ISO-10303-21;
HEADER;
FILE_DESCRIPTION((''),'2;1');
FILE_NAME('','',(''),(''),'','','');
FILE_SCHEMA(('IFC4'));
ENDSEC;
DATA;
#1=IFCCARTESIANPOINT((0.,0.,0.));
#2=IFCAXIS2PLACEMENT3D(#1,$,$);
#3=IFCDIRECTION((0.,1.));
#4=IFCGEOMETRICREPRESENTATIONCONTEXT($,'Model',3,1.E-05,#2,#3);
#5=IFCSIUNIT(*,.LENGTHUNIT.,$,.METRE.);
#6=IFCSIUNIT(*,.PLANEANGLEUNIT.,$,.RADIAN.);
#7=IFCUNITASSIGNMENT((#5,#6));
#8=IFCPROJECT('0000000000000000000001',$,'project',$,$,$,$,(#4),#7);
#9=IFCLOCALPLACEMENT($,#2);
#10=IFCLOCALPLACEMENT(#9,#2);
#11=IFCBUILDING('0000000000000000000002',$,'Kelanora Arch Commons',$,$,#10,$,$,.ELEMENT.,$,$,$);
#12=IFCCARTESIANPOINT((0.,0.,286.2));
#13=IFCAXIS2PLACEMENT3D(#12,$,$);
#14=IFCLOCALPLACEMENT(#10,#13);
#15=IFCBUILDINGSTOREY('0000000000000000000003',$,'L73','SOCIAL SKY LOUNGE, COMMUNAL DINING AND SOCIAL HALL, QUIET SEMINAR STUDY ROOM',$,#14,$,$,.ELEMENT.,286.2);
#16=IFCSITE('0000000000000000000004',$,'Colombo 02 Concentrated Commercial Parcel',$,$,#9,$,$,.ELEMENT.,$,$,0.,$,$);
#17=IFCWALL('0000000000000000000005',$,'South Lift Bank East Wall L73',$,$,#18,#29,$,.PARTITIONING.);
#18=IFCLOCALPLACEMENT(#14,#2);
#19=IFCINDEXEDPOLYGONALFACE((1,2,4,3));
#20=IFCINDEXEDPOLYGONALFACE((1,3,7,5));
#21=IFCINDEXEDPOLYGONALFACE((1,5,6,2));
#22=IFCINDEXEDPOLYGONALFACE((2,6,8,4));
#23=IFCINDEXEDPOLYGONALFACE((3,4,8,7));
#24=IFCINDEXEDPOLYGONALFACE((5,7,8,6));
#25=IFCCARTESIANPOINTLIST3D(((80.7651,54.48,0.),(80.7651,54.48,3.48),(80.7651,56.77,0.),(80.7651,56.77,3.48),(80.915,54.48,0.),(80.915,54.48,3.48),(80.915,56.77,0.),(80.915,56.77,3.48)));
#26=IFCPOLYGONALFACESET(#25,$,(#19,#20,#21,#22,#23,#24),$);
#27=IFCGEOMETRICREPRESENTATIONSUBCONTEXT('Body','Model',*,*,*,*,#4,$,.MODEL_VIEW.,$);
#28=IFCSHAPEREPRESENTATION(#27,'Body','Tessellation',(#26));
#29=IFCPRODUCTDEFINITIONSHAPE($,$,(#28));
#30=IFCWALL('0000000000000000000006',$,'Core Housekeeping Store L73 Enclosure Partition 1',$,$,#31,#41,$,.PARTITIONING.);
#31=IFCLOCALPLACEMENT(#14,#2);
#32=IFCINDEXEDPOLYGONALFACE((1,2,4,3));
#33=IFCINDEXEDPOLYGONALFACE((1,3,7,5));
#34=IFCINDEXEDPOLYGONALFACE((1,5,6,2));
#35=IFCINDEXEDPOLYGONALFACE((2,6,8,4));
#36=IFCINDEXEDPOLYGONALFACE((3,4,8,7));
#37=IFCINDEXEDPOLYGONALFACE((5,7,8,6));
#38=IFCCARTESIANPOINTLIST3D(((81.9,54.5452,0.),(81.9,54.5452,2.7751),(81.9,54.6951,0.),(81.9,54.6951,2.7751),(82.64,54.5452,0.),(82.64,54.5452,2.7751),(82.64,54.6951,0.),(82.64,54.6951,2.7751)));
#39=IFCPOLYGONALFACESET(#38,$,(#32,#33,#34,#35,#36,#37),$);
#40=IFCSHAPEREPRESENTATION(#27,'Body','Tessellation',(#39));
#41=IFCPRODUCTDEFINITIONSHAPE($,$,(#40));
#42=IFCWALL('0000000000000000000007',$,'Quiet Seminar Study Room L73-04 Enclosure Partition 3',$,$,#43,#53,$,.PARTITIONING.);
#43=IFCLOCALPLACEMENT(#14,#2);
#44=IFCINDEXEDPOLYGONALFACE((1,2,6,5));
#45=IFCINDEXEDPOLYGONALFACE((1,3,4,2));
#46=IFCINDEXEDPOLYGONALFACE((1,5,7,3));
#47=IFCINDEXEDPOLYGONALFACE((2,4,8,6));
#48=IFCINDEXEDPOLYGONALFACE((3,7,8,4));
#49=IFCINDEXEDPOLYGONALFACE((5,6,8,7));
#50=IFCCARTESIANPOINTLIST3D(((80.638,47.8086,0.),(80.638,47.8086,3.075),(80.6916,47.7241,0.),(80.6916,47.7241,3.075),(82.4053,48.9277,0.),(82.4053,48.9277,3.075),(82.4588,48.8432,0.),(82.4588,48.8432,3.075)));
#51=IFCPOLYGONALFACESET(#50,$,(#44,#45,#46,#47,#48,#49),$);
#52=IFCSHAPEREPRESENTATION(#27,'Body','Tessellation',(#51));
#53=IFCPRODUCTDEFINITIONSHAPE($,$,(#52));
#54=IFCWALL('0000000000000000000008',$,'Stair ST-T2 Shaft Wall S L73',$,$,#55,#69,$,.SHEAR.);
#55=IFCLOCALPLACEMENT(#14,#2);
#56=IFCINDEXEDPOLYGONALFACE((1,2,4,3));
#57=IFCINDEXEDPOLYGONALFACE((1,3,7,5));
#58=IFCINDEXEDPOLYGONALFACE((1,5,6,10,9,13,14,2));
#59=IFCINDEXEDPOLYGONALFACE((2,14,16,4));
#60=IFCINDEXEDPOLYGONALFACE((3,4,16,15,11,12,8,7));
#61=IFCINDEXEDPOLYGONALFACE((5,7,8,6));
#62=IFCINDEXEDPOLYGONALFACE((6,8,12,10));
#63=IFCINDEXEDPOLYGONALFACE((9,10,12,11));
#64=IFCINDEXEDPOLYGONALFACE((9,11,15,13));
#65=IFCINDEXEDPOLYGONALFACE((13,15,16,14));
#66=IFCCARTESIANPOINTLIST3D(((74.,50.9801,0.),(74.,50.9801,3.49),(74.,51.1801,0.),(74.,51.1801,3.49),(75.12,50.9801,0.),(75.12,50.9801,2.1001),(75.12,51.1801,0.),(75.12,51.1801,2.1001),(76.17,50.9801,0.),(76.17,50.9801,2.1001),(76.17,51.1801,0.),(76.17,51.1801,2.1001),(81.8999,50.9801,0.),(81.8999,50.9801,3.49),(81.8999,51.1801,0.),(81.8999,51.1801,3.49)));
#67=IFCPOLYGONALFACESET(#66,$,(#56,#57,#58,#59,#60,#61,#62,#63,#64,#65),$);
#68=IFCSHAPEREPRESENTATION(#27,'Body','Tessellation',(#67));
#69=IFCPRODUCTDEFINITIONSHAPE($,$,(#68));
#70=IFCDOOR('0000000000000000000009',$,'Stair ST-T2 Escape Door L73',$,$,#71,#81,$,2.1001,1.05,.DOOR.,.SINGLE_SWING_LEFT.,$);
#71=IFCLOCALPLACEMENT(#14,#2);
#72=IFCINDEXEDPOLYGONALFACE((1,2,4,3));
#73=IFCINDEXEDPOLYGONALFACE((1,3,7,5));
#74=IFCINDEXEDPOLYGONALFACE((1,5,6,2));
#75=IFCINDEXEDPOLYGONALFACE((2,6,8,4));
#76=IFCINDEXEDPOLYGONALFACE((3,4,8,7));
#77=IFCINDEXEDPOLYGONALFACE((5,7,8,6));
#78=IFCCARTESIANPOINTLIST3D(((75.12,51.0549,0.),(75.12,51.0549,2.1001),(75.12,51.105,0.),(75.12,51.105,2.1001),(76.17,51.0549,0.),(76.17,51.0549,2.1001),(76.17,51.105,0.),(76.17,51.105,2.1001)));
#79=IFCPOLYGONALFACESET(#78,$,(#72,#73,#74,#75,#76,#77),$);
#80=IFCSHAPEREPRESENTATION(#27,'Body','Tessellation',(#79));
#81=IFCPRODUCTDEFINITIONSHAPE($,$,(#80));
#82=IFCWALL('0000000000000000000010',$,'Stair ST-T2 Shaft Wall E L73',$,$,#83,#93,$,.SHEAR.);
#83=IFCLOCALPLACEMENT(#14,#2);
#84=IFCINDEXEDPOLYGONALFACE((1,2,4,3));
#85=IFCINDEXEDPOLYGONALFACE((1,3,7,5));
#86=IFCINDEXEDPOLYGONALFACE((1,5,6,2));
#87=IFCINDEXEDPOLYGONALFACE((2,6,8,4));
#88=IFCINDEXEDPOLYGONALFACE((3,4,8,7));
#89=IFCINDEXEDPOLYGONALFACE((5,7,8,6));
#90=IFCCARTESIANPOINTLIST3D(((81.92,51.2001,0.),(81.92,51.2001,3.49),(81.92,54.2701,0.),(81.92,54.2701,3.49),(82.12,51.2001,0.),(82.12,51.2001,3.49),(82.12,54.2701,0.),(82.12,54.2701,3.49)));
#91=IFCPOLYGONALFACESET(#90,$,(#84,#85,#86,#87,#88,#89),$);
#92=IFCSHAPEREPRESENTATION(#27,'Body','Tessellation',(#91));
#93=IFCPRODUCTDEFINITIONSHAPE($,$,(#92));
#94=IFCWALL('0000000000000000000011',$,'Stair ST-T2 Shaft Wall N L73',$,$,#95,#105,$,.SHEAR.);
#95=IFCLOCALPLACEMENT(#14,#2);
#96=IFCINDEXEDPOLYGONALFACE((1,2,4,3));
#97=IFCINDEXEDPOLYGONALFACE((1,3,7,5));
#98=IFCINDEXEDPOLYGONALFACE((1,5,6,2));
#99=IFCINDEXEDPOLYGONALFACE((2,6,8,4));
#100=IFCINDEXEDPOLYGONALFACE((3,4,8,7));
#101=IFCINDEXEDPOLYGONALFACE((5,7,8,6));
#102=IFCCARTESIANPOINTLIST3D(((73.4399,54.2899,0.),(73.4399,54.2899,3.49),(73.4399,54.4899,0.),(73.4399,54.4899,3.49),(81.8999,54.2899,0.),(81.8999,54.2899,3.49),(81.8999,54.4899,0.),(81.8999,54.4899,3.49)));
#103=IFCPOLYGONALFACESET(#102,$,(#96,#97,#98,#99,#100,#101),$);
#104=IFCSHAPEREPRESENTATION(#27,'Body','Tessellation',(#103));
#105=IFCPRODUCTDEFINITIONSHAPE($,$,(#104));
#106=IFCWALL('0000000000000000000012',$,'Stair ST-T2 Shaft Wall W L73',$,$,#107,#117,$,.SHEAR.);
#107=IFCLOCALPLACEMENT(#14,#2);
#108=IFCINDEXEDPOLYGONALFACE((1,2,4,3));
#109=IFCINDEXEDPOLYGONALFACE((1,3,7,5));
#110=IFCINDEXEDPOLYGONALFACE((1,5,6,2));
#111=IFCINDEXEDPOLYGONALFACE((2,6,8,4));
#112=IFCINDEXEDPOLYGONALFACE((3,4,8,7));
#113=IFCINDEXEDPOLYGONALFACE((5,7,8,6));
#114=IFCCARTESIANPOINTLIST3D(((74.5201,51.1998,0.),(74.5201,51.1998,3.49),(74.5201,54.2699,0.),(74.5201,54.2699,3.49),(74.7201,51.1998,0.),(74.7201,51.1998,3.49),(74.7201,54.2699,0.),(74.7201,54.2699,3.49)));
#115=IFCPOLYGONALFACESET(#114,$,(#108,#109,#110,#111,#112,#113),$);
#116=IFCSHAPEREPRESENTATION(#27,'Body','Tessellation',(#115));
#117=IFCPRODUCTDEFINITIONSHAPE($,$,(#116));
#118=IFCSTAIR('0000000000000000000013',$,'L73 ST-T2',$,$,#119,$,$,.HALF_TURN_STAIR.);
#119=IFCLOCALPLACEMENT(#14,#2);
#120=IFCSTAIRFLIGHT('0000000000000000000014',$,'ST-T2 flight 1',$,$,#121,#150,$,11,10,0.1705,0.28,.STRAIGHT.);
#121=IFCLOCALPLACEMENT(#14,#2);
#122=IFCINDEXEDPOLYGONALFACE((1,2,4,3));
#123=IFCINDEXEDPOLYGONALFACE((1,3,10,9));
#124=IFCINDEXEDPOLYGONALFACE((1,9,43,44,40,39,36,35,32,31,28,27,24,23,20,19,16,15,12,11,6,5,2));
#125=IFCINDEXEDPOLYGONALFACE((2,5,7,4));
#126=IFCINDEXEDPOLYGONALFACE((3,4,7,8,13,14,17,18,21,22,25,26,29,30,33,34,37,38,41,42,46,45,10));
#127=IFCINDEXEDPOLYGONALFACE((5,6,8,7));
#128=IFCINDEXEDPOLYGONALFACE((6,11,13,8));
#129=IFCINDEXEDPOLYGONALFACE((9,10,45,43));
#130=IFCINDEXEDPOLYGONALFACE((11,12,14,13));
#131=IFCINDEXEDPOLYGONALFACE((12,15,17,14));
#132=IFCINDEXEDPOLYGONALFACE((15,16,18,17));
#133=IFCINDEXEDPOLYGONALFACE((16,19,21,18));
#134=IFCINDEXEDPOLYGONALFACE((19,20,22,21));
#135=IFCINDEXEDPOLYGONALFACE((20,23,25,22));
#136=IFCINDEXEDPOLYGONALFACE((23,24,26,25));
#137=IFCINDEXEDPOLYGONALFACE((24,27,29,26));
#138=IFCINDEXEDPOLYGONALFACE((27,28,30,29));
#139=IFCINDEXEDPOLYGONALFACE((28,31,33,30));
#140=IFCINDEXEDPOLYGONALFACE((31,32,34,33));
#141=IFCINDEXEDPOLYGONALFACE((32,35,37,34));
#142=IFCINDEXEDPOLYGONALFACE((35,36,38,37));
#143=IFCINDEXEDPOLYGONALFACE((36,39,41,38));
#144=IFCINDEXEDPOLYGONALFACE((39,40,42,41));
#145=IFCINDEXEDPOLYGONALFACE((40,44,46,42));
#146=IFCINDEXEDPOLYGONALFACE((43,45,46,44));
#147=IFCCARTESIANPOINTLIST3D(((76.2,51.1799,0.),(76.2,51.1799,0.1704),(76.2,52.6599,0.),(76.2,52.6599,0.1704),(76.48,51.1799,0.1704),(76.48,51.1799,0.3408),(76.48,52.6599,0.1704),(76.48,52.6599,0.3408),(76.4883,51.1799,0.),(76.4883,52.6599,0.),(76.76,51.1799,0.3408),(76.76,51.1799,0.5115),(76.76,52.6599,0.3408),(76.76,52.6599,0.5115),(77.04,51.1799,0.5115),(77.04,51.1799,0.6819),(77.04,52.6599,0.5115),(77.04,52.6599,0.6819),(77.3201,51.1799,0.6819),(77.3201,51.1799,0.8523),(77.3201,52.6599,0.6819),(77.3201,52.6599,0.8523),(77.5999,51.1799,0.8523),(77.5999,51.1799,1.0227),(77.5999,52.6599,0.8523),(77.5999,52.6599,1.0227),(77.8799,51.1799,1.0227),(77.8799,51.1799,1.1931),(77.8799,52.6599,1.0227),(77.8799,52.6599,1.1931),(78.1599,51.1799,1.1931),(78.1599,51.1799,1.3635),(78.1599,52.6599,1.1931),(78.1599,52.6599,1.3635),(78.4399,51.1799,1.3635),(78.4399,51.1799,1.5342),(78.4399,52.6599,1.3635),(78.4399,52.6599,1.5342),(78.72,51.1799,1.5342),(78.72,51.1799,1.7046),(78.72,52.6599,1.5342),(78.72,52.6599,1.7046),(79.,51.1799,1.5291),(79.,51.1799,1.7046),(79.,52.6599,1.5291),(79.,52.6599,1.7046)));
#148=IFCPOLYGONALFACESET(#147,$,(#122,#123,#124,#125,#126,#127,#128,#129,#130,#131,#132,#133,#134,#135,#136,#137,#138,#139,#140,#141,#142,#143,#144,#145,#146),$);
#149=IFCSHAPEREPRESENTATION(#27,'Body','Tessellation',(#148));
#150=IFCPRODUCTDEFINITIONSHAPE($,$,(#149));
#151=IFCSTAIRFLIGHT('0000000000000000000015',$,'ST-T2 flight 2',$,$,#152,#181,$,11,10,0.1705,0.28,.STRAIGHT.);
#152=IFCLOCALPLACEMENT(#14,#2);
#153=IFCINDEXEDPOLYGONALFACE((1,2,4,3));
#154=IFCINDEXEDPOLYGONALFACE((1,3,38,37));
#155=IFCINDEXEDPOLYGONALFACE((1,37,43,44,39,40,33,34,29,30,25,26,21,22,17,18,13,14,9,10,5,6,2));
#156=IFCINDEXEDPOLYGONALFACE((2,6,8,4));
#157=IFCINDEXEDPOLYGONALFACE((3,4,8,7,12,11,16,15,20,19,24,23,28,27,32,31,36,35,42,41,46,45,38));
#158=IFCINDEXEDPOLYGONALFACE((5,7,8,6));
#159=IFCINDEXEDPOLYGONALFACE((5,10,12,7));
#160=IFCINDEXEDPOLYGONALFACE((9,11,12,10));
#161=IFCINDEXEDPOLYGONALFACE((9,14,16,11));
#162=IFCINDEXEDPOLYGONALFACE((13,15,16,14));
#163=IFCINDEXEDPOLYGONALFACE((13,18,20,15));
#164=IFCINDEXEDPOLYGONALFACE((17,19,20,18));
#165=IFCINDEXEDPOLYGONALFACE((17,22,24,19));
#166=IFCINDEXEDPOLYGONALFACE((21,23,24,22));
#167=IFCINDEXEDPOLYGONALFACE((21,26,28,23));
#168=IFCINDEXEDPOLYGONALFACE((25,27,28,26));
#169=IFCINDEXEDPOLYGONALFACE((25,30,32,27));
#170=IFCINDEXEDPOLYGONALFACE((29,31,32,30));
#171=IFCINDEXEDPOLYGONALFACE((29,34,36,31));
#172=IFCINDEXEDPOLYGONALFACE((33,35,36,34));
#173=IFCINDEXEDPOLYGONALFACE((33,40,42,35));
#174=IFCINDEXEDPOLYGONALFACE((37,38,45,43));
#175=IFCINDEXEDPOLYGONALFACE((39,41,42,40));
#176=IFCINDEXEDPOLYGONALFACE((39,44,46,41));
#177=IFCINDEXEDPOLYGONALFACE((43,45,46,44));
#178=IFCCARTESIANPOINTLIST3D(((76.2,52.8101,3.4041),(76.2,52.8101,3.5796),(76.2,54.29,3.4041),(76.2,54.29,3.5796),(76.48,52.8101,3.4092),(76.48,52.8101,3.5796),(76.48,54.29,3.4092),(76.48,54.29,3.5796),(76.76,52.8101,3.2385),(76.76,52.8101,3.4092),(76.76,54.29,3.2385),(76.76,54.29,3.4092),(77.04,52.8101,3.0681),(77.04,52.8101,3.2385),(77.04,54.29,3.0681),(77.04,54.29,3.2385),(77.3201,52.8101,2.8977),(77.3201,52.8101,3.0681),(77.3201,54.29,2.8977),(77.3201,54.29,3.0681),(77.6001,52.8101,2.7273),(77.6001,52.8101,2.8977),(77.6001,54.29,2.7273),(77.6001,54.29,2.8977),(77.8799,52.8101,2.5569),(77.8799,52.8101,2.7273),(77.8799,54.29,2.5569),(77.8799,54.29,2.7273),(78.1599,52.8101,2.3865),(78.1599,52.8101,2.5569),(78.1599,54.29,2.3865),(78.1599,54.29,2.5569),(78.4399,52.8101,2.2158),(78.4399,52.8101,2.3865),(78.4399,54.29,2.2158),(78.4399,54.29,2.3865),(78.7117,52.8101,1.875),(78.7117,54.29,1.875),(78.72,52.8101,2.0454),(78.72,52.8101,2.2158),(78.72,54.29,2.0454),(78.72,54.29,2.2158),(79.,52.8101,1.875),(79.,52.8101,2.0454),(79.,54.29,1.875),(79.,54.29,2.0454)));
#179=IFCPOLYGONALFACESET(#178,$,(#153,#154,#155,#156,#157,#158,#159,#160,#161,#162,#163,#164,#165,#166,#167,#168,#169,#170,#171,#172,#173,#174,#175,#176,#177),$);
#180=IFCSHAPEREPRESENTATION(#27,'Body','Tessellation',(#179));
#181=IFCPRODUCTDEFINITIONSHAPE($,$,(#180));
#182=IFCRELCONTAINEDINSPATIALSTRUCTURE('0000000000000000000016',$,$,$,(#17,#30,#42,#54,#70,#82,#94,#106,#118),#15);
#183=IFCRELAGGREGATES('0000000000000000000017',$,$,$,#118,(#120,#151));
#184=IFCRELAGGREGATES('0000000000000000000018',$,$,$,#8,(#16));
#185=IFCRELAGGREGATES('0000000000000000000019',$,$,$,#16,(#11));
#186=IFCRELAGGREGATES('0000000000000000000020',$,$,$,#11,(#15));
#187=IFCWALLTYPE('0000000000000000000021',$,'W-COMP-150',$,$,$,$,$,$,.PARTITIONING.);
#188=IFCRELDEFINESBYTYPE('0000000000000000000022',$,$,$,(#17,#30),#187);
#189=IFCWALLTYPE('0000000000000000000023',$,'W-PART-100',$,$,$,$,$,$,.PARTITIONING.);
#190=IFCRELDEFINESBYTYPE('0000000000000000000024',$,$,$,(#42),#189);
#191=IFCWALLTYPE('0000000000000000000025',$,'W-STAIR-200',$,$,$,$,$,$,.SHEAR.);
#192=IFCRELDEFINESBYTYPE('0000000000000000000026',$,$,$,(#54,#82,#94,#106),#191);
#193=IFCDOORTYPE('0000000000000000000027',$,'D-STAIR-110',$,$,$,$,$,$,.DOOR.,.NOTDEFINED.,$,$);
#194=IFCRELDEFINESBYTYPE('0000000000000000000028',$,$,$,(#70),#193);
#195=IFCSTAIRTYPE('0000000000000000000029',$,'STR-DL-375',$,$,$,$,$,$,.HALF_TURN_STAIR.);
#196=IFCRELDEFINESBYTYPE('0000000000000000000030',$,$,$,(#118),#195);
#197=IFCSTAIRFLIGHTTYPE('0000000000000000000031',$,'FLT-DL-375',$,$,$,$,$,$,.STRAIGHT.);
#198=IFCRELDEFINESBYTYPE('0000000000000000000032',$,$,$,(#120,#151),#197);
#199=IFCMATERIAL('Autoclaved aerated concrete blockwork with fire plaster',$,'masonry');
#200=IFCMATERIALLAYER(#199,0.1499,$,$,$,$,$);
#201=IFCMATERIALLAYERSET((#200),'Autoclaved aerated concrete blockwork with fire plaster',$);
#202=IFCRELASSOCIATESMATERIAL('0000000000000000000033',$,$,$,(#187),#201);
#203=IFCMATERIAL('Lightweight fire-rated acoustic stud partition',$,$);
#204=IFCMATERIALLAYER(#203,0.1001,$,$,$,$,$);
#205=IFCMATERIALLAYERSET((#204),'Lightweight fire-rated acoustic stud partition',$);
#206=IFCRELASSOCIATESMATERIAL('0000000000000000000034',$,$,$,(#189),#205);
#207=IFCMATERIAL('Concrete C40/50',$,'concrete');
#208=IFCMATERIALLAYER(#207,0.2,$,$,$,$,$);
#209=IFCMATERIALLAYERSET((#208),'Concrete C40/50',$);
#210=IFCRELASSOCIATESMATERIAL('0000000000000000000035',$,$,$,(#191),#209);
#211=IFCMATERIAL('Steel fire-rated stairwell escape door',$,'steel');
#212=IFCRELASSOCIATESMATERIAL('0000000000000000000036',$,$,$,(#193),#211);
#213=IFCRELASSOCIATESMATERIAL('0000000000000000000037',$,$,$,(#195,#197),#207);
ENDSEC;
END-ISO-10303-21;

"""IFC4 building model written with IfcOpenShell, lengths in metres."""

from ifc_helpers import new_model, si_unit, direction, frame, frame_2d, origin, place, context, subcontext, project, spatial, polyline, rectangle, outline, extrude, material, layer, layer_set, type_object, element, fill, aggregate, save


model = new_model("IFC4")

# Units and contexts
model_context = context("Model", 3, precision=1e-05, world=origin(), true_north=direction((0.0, 1.0)))
body_context = subcontext(model_context, "Body", "Model", "MODEL_VIEW")
ifc_project = project(units=[si_unit("LENGTHUNIT", "METRE"), si_unit("PLANEANGLEUNIT", "RADIAN")], contexts=[model_context])

# Site, building, storey
site_placement = place(None, origin())
site = spatial("IfcSite", under=ifc_project, at=site_placement, Name="Colombo 02 Concentrated Commercial Parcel", CompositionType="ELEMENT", RefElevation=0.0)
building_placement = place(site_placement, origin())
building = spatial("IfcBuilding", under=site, at=building_placement, Name="Kelanora Arch Commons", CompositionType="ELEMENT")
storey_placement = place(building_placement, frame((0.0, 0.0, 286.2)))
storey = spatial("IfcBuildingStorey", under=building, at=storey_placement, Name="L73", Description="SOCIAL SKY LOUNGE, COMMUNAL DINING AND SOCIAL HALL, QUIET SEMINAR STUDY ROOM", CompositionType="ELEMENT", Elevation=286.2)

# Walls
ifc_material_1 = material(Name="Autoclaved aerated concrete blockwork with fire plaster", Category="masonry")
ifc_layer_1 = layer(ifc_material_1, 0.1499)
ifc_layer_set_1 = layer_set([ifc_layer_1], Name="Autoclaved aerated concrete blockwork with fire plaster")
wall_type_1 = type_object("IfcWallType", Name="W-COMP-150", PredefinedType="PARTITIONING", material=ifc_layer_set_1)
wall_1_placement = place(storey_placement, frame((80.8401, 54.48, 0.0), z_axis=(0.0, 0.0, 1.0), x_axis=(0.0, 1.0, 0.0)))
element("IfcWall", 1, at=wall_1_placement, inside=storey, type_object=wall_type_1, Name="South Lift Bank East Wall L73", PredefinedType="PARTITIONING", context=body_context, shape_type="SweptSolid", body=[
    extrude(rectangle(XDim=2.29, YDim=0.1499, at=frame_2d((1.145, 0.0))), origin(), (0.0, 0.0, 1.0), 3.48),
])
wall_2_placement = place(storey_placement, frame((81.8999, 54.6201, 0.0), z_axis=(0.0, 0.0, 1.0), x_axis=(1.0, 0.0, 0.0)))
element("IfcWall", 2, at=wall_2_placement, inside=storey, type_object=wall_type_1, Name="Core Housekeeping Store L73 Enclosure Partition 1", PredefinedType="PARTITIONING", context=body_context, shape_type="SweptSolid", body=[
    extrude(rectangle(XDim=0.74, YDim=0.1499, at=frame_2d((0.3701, 0.0))), origin(), (0.0, 0.0, 1.0), 2.7751),
])
ifc_material_2 = material(Name="Lightweight fire-rated acoustic stud partition")
ifc_layer_2 = layer(ifc_material_2, 0.1001)
ifc_layer_set_2 = layer_set([ifc_layer_2], Name="Lightweight fire-rated acoustic stud partition")
wall_type_2 = type_object("IfcWallType", Name="W-PART-100", PredefinedType="PARTITIONING", material=ifc_layer_set_2)
wall_3_placement = place(storey_placement, frame((80.6648, 47.7664, 0.0), z_axis=(0.0, 0.0, 1.0), x_axis=(0.844856, 0.534994, 0.0)))
element("IfcWall", 3, at=wall_3_placement, inside=storey, type_object=wall_type_2, Name="Quiet Seminar Study Room L73-04 Enclosure Partition 3", PredefinedType="PARTITIONING", context=body_context, shape_type="SweptSolid", body=[
    extrude(rectangle(XDim=2.0918, YDim=0.1001, at=frame_2d((1.0459, 0.0))), origin(), (0.0, 0.0, 1.0), 3.075),
])

# Wall, opening, door
ifc_material_3 = material(Name="Concrete C40/50", Category="concrete")
ifc_layer_3 = layer(ifc_material_3, 0.2)
ifc_layer_set_3 = layer_set([ifc_layer_3], Name="Concrete C40/50")
wall_type_3 = type_object("IfcWallType", Name="W-STAIR-200", PredefinedType="SHEAR", material=ifc_layer_set_3)
wall_4_placement = place(storey_placement, frame((74.0, 51.0801, 0.0), z_axis=(0.0, 0.0, 1.0), x_axis=(1.0, 0.0, 0.0)))
wall_4 = element("IfcWall", 4, at=wall_4_placement, inside=storey, type_object=wall_type_3, Name="Stair ST-T2 Shaft Wall S L73", PredefinedType="SHEAR", context=body_context, shape_type="SweptSolid", body=[
    extrude(rectangle(XDim=7.8999, YDim=0.2, at=frame_2d((3.95, 0.0))), origin(), (0.0, 0.0, 1.0), 3.49),
])
opening_placement = place(wall_4_placement, frame((1.1201, 0.0, 0.0)))
opening = element("IfcOpeningElement", 5, at=opening_placement, cuts=wall_4, PredefinedType="OPENING", context=body_context, shape_type="SweptSolid", body=[
    extrude(rectangle(XDim=1.05, YDim=2.1001, at=frame_2d((0.5249, 1.05))), frame((0.0, 0.1099, 0.0), z_axis=(0.0, -1.0, 0.0), x_axis=(1.0, 0.0, 0.0)), (0.0, 0.0, 1.0), 0.22),
])
ifc_material_4 = material(Name="Steel fire-rated stairwell escape door", Category="steel")
door_type = type_object("IfcDoorType", Name="D-STAIR-110", OperationType="NOTDEFINED", PredefinedType="DOOR", material=ifc_material_4)
door_placement = place(opening_placement, origin())
door = element("IfcDoor", 6, at=door_placement, inside=storey, type_object=door_type, Name="Stair ST-T2 Escape Door L73", OperationType="SINGLE_SWING_LEFT", OverallHeight=2.1001, OverallWidth=1.05, PredefinedType="DOOR", context=body_context, shape_type="SweptSolid", body=[
    extrude(rectangle(XDim=1.05, YDim=2.1001, at=frame_2d((0.5249, 1.05))), frame((0.0, 0.0249, 0.0), z_axis=(0.0, -1.0, 0.0), x_axis=(1.0, 0.0, 0.0)), (0.0, 0.0, 1.0), 0.05),
])
fill(opening, door)

# Walls
wall_5_placement = place(storey_placement, frame((82.02, 51.2, 0.0), z_axis=(0.0, 0.0, 1.0), x_axis=(0.0, 1.0, 0.0)))
element("IfcWall", 7, at=wall_5_placement, inside=storey, type_object=wall_type_3, Name="Stair ST-T2 Shaft Wall E L73", PredefinedType="SHEAR", context=body_context, shape_type="SweptSolid", body=[
    extrude(rectangle(XDim=3.0701, YDim=0.2, at=frame_2d((1.5352, 0.0))), origin(), (0.0, 0.0, 1.0), 3.49),
])
wall_6_placement = place(storey_placement, frame((81.8999, 54.3899, 0.0), z_axis=(0.0, 0.0, 1.0), x_axis=(-1.0, 0.0, 0.0)))
element("IfcWall", 8, at=wall_6_placement, inside=storey, type_object=wall_type_3, Name="Stair ST-T2 Shaft Wall N L73", PredefinedType="SHEAR", context=body_context, shape_type="SweptSolid", body=[
    extrude(rectangle(XDim=8.46, YDim=0.2, at=frame_2d((4.23, 0.0))), origin(), (0.0, 0.0, 1.0), 3.49),
])
wall_7_placement = place(storey_placement, frame((74.6201, 54.27, 0.0), z_axis=(0.0, 0.0, 1.0), x_axis=(0.0, -1.0, 0.0)))
element("IfcWall", 9, at=wall_7_placement, inside=storey, type_object=wall_type_3, Name="Stair ST-T2 Shaft Wall W L73", PredefinedType="SHEAR", context=body_context, shape_type="SweptSolid", body=[
    extrude(rectangle(XDim=3.0701, YDim=0.2, at=frame_2d((1.5352, 0.0))), origin(), (0.0, 0.0, 1.0), 3.49),
])

# Stair, stair flights
stair_type = type_object("IfcStairType", Name="STR-DL-375", PredefinedType="HALF_TURN_STAIR", material=ifc_material_3)
stair_placement = place(storey_placement, origin())
stair = element("IfcStair", 10, at=stair_placement, inside=storey, type_object=stair_type, Name="L73 ST-T2", PredefinedType="HALF_TURN_STAIR")
stair_flight_type = type_object("IfcStairFlightType", Name="FLT-DL-375", PredefinedType="STRAIGHT", material=ifc_material_3)
stair_flight_1_placement = place(storey_placement, frame((76.2, 51.9199, 0.0), z_axis=(0.0, 0.0, 1.0), x_axis=(1.0, 0.0, 0.0)))
stair_flight_1 = element("IfcStairFlight", 11, at=stair_flight_1_placement, type_object=stair_flight_type, Name="ST-T2 flight 1", NumberOfRisers=11, NumberOfTreads=10, PredefinedType="STRAIGHT", RiserHeight=0.1705, TreadLength=0.28, context=body_context, shape_type="SweptSolid", body=[
    extrude(outline(polyline([(0.0, 0.0), (0.0, 0.1704), (0.28, 0.1704), (0.28, 0.3408), (0.5601, 0.3408), (0.5601, 0.5115), (0.8401, 0.5115), (0.8401, 0.6819), (1.1201, 0.6819), (1.1201, 0.8523), (1.3999, 0.8523), (1.3999, 1.0227), (1.6799, 1.0227), (1.6799, 1.1931), (1.96, 1.1931), (1.96, 1.3635), (2.24, 1.3635), (2.24, 1.5342), (2.52, 1.5342), (2.52, 1.7046), (2.8, 1.7046), (2.8, 1.875), (2.8, 1.5291), (0.2883, 0.0), (0.0, 0.0)])), frame((0.0, 0.74, 0.0), z_axis=(0.0, -1.0, 0.0), x_axis=(1.0, 0.0, 0.0)), (0.0, 0.0, 1.0), 1.48),
])
stair_flight_2_placement = place(storey_placement, frame((79.0, 53.55, 1.875), z_axis=(0.0, 0.0, 1.0), x_axis=(-1.0, 0.0, 0.0)))
stair_flight_2 = element("IfcStairFlight", 12, at=stair_flight_2_placement, type_object=stair_flight_type, Name="ST-T2 flight 2", NumberOfRisers=11, NumberOfTreads=10, PredefinedType="STRAIGHT", RiserHeight=0.1705, TreadLength=0.28, context=body_context, shape_type="SweptSolid", body=[
    extrude(outline(polyline([(0.0, 0.0), (0.0, 0.1704), (0.28, 0.1704), (0.28, 0.3408), (0.5601, 0.3408), (0.5601, 0.5115), (0.8401, 0.5115), (0.8401, 0.6819), (1.1201, 0.6819), (1.1201, 0.8523), (1.3999, 0.8523), (1.3999, 1.0227), (1.6799, 1.0227), (1.6799, 1.1931), (1.96, 1.1931), (1.96, 1.3635), (2.24, 1.3635), (2.24, 1.5342), (2.52, 1.5342), (2.52, 1.7046), (2.8, 1.7046), (2.8, 1.875), (2.8, 1.5291), (0.2883, 0.0), (0.0, 0.0)])), frame((0.0, 0.74, 0.0), z_axis=(0.0, -1.0, 0.0), x_axis=(1.0, 0.0, 0.0)), (0.0, 0.0, 1.0), 1.48),
])
aggregate(stair, [stair_flight_1, stair_flight_2])

save(model, "model.ifc")
